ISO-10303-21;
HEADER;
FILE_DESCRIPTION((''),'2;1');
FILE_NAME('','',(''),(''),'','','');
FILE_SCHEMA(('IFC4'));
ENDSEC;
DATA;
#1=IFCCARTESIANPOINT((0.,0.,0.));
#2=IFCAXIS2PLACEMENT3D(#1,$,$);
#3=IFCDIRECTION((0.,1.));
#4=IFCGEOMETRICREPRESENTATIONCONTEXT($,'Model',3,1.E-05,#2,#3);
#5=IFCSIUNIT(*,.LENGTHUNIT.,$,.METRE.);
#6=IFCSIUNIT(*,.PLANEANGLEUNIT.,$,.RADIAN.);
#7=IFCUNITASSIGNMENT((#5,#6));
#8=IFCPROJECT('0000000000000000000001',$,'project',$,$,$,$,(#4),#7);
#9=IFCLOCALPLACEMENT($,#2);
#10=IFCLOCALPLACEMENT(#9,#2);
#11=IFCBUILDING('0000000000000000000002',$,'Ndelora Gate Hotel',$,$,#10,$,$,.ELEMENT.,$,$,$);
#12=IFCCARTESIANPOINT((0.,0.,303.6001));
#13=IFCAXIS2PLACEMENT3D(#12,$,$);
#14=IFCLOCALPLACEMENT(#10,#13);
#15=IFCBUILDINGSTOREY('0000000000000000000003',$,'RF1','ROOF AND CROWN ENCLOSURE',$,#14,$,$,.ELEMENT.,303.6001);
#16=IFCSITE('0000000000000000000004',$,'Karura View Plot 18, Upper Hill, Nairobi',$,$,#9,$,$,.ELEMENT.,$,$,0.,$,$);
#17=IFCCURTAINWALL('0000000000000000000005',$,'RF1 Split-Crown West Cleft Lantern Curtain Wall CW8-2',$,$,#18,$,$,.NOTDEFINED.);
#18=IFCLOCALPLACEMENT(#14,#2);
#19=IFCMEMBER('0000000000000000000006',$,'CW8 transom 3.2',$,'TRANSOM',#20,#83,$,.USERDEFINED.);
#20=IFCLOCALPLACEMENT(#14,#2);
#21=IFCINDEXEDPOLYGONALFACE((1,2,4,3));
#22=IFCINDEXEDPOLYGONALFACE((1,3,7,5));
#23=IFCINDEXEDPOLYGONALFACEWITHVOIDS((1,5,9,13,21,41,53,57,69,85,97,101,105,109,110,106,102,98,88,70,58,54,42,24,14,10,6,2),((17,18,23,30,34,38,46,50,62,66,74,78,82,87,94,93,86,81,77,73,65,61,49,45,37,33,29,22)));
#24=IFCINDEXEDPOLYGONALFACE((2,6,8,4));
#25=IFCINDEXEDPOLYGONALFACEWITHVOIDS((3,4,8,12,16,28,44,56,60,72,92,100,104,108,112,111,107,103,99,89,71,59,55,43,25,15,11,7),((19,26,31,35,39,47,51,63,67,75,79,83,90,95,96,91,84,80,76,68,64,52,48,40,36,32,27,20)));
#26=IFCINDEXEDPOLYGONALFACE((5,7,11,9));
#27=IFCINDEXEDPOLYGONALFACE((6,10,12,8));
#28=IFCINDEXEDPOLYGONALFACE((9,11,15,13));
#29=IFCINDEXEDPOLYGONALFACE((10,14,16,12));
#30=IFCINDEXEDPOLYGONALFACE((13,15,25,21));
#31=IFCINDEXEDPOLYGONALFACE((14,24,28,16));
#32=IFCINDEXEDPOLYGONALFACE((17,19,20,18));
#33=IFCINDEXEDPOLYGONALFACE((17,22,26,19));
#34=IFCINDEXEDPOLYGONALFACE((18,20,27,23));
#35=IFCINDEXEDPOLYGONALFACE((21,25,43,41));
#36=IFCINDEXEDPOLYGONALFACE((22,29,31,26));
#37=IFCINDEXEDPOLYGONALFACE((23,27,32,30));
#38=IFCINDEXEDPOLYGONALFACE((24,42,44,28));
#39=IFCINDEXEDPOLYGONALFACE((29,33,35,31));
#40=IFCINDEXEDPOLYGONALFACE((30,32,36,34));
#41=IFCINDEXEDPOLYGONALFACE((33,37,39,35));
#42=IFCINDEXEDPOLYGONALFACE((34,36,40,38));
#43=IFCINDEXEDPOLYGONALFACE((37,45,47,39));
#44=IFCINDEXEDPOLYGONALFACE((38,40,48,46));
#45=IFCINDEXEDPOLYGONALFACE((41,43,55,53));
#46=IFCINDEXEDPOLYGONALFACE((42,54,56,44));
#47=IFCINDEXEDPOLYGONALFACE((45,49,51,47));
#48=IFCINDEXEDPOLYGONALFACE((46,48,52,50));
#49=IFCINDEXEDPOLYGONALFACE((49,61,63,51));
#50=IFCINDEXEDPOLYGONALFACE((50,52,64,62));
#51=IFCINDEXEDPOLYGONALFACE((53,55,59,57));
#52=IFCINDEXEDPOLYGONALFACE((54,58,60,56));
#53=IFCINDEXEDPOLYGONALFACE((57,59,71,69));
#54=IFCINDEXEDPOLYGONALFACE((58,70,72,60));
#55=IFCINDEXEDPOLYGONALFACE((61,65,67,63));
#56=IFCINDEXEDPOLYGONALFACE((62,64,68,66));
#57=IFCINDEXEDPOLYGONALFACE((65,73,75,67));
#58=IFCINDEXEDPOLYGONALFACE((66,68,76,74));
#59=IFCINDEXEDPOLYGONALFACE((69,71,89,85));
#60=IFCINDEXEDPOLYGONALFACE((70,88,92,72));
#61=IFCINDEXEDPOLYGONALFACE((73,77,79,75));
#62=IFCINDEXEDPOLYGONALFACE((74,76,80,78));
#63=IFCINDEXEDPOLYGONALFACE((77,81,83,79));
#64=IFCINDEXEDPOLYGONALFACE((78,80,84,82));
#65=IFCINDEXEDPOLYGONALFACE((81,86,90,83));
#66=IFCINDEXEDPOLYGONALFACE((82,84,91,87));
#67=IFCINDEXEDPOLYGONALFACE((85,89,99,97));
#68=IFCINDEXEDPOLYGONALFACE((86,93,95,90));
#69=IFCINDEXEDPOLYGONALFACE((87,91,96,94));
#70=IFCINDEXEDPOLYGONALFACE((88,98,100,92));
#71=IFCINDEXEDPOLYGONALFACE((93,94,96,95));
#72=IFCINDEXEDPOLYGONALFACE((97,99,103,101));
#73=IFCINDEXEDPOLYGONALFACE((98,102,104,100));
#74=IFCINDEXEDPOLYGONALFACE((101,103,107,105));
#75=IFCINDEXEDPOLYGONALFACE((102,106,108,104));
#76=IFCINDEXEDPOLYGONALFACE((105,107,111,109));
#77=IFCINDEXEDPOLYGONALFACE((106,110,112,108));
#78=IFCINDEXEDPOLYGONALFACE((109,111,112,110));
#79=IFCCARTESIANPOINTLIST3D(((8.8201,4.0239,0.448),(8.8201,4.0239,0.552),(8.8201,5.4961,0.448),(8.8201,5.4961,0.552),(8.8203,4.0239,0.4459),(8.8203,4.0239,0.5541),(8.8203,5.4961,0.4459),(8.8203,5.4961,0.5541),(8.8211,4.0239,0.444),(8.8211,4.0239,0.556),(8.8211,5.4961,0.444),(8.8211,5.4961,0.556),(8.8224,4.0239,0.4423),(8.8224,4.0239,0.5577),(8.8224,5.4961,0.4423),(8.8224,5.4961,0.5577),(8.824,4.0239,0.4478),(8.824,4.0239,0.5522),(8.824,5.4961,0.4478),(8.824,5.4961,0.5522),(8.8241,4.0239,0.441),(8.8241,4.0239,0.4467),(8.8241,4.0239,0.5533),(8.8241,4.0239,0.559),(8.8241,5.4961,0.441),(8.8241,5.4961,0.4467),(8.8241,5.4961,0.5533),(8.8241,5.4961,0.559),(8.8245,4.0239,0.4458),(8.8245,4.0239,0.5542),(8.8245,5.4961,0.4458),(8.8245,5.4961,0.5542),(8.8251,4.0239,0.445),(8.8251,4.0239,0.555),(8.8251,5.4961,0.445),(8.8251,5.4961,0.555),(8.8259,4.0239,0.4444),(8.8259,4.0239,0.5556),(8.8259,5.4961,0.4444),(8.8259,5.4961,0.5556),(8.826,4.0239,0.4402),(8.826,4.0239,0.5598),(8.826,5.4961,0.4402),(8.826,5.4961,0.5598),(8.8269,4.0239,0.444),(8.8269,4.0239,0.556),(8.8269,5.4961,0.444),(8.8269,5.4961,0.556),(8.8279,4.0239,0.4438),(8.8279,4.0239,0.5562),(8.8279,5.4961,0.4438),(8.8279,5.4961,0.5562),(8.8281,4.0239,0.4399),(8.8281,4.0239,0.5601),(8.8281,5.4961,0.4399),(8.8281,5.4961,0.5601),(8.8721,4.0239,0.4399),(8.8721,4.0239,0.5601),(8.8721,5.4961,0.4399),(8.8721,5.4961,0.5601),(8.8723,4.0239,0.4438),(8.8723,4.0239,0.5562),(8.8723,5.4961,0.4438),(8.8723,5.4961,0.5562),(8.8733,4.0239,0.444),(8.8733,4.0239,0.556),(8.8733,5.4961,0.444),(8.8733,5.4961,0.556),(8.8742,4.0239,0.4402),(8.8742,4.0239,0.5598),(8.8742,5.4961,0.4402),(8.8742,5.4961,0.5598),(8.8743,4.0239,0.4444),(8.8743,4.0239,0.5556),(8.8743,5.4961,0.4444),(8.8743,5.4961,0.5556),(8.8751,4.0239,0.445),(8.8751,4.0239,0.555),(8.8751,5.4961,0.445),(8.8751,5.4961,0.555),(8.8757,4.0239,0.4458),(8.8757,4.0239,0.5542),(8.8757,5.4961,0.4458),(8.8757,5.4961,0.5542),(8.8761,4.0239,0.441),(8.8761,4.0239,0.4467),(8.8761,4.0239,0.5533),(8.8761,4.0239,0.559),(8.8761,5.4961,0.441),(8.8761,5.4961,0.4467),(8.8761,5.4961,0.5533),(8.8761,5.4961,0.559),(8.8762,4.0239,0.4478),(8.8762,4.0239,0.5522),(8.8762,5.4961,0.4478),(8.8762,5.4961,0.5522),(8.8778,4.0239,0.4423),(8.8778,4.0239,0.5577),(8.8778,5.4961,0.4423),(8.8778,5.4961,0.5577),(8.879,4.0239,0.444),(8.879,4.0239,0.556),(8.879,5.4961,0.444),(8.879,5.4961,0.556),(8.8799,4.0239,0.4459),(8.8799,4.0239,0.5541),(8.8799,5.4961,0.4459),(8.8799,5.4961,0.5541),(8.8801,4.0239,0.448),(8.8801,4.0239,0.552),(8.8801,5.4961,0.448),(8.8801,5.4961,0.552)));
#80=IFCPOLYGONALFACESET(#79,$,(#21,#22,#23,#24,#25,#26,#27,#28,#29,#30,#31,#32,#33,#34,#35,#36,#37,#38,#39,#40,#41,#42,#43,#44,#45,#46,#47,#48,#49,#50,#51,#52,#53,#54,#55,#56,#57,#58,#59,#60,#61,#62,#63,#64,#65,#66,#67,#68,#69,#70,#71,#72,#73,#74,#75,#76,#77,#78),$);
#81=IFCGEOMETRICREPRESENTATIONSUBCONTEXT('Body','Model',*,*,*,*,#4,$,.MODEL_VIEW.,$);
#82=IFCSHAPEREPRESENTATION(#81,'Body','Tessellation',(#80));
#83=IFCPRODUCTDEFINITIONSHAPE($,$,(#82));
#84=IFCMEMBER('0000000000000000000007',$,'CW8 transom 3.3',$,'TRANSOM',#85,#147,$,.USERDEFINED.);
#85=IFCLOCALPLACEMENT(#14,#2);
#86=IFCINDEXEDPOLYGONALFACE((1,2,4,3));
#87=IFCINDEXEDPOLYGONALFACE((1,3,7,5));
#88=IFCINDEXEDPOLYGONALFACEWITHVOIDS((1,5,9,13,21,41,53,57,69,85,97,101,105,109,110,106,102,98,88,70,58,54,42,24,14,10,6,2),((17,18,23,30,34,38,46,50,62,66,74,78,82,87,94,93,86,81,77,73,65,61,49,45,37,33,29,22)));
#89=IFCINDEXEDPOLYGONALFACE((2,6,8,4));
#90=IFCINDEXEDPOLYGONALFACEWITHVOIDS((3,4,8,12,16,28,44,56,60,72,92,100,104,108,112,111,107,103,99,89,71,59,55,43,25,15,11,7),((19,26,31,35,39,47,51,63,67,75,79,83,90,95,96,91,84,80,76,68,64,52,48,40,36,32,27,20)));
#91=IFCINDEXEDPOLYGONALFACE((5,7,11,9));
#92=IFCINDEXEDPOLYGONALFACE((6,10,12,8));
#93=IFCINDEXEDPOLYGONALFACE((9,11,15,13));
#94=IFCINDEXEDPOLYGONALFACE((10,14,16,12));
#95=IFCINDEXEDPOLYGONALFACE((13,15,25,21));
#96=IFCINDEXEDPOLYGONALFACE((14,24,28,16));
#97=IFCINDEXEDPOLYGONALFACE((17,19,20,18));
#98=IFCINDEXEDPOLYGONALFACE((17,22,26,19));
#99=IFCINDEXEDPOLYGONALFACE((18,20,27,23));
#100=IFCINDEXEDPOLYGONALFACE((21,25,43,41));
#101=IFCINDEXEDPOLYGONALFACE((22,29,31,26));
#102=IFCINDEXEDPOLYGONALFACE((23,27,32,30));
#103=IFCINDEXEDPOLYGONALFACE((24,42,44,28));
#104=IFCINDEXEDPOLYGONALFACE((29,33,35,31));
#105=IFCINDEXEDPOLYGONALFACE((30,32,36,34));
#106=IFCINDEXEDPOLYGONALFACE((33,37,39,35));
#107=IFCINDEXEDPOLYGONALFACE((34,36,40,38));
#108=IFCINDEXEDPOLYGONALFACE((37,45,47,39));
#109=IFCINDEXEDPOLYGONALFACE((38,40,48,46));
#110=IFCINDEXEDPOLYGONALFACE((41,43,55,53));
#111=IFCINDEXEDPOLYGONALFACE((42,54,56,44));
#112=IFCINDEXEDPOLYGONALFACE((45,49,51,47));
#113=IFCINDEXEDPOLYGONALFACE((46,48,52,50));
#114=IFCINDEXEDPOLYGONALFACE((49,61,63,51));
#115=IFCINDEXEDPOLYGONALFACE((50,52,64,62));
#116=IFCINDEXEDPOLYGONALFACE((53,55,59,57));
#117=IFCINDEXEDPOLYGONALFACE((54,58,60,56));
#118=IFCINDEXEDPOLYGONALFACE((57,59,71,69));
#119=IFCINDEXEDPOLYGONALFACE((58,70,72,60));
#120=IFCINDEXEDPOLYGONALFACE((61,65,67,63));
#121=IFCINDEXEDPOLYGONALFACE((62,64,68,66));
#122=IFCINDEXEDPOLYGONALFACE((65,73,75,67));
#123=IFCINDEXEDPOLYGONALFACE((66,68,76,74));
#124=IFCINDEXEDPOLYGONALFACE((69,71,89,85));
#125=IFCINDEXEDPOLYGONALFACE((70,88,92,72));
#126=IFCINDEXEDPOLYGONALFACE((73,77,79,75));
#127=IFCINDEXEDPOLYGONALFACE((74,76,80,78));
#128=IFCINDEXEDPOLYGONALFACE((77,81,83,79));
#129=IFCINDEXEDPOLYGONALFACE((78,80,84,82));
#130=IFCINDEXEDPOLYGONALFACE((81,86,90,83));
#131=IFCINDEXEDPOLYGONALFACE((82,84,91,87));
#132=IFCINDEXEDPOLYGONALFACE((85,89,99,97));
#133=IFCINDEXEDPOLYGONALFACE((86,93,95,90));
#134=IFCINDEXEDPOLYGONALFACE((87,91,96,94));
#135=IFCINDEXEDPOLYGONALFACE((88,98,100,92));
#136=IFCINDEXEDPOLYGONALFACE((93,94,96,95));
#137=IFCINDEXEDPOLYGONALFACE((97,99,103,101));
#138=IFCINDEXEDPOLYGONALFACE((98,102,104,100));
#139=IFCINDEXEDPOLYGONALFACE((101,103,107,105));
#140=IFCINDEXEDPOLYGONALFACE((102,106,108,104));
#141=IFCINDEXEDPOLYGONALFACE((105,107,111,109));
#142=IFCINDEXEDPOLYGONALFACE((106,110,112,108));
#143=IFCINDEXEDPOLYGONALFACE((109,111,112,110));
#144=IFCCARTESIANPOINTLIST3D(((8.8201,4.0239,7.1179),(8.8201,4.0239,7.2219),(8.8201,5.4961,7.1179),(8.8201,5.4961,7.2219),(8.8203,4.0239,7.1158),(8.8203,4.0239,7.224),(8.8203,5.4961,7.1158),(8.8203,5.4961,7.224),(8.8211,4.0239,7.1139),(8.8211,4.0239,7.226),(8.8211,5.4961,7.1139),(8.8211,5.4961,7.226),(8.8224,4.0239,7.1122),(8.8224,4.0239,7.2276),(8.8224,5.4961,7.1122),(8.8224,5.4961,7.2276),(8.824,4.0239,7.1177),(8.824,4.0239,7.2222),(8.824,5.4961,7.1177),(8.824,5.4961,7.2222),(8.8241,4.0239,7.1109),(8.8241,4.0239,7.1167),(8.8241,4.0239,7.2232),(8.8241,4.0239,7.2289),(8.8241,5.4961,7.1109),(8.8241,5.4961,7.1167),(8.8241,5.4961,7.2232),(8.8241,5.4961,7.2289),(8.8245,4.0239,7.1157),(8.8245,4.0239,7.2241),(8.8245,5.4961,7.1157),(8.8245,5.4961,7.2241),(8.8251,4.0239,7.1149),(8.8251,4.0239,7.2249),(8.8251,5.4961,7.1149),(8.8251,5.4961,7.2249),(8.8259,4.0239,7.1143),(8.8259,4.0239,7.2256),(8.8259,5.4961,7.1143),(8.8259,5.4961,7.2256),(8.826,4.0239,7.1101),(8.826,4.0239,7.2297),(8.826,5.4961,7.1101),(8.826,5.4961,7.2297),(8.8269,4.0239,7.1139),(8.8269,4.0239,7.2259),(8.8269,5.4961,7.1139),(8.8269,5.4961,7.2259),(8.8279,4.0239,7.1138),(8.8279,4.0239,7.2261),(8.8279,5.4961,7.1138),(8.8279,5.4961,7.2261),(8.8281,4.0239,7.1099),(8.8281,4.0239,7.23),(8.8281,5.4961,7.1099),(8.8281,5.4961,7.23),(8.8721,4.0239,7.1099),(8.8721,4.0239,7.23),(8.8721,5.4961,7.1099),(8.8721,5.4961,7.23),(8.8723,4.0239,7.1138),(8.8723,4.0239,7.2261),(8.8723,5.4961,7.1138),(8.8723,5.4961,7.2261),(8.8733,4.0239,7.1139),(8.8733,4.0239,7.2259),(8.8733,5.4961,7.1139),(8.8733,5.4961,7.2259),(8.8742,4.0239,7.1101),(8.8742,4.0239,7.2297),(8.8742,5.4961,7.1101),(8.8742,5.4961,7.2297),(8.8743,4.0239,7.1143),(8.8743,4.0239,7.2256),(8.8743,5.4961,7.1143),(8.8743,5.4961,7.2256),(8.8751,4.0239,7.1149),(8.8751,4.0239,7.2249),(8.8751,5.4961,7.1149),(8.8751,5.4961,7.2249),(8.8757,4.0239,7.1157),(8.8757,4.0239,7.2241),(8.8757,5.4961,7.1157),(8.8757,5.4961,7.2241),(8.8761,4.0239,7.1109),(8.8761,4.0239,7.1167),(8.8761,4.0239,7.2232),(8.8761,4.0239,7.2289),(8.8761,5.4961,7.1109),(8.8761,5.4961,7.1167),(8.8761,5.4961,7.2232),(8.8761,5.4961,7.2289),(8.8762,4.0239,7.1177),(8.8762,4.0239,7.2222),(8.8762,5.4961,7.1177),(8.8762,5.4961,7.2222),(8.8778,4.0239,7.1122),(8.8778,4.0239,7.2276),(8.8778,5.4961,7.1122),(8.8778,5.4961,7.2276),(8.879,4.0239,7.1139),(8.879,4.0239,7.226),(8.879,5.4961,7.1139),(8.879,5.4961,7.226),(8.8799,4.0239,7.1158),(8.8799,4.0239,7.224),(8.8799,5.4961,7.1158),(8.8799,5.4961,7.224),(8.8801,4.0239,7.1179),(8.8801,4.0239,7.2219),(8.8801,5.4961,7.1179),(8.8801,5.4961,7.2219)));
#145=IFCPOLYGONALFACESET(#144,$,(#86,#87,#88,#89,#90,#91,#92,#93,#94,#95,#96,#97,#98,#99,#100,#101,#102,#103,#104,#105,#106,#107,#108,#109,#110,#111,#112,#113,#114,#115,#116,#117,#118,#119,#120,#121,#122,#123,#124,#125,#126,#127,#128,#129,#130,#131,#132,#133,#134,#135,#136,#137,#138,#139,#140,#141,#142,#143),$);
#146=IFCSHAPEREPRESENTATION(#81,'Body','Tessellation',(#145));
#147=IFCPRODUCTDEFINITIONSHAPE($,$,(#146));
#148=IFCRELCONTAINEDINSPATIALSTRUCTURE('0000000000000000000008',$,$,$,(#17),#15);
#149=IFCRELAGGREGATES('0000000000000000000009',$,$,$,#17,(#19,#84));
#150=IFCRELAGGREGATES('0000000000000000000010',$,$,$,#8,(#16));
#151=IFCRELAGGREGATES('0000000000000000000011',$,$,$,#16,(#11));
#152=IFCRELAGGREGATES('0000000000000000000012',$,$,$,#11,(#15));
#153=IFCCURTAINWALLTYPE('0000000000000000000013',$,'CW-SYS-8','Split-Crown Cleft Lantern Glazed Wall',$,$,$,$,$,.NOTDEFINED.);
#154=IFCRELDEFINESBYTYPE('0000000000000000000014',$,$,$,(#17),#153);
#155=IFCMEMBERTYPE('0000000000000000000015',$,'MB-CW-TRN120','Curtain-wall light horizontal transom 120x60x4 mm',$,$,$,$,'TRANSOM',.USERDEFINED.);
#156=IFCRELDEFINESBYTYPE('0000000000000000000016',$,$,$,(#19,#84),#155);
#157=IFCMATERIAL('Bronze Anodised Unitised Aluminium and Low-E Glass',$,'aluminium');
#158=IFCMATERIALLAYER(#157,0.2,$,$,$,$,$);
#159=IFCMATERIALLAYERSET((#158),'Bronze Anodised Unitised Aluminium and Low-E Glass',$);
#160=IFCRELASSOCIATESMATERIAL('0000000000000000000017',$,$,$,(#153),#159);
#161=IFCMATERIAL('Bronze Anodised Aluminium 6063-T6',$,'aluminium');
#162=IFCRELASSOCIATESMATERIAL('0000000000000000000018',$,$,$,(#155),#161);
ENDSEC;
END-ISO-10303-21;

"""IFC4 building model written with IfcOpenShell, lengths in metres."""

from ifc_helpers import new_model, si_unit, direction, frame, origin, origin_2d, place, context, subcontext, project, spatial, hollow_rectangle, extrude, material, layer, layer_set, material_profile, profile_set, type_object, element, aggregate, save


model = new_model("IFC4")

# Units and contexts
model_context = context("Model", 3, precision=1e-05, world=origin(), true_north=direction((0.0, 1.0)))
body_context = subcontext(model_context, "Body", "Model", "MODEL_VIEW")
ifc_project = project(units=[si_unit("LENGTHUNIT", "METRE"), si_unit("PLANEANGLEUNIT", "RADIAN")], contexts=[model_context])

# Site, building, storey
site_placement = place(None, origin())
site = spatial("IfcSite", under=ifc_project, at=site_placement, Name="Karura View Plot 18, Upper Hill, Nairobi", CompositionType="ELEMENT", RefElevation=0.0)
building_placement = place(site_placement, origin())
building = spatial("IfcBuilding", under=site, at=building_placement, Name="Ndelora Gate Hotel", CompositionType="ELEMENT")
storey_placement = place(building_placement, frame((0.0, 0.0, 303.6001)))
storey = spatial("IfcBuildingStorey", under=building, at=storey_placement, Name="RF1", Description="ROOF AND CROWN ENCLOSURE", CompositionType="ELEMENT", Elevation=303.6001)

# Curtain wall
ifc_material_1 = material(Name="Bronze Anodised Unitised Aluminium and Low-E Glass", Category="aluminium")
ifc_layer_1 = layer(ifc_material_1, 0.2)
ifc_layer_set_1 = layer_set([ifc_layer_1], Name="Bronze Anodised Unitised Aluminium and Low-E Glass")
curtain_wall_type = type_object("IfcCurtainWallType", Name="CW-SYS-8", Description="Split-Crown Cleft Lantern Glazed Wall", PredefinedType="NOTDEFINED", material=ifc_layer_set_1)
curtain_wall_1_placement = place(storey_placement, origin())
curtain_wall_1 = element("IfcCurtainWall", 1, at=curtain_wall_1_placement, inside=storey, type_object=curtain_wall_type, Name="RF1 Split-Crown West Cleft Lantern Curtain Wall CW8-2", PredefinedType="NOTDEFINED")
ifc_material_2 = material(Name="Bronze Anodised Aluminium 6063-T6", Category="aluminium")

# Members
ifc_material_profile_1 = material_profile(ifc_material_2, hollow_rectangle(XDim=0.0601, YDim=0.1201, WallThickness=0.0039, InnerFilletRadius=0.0039, OuterFilletRadius=0.0081, at=origin_2d()), Name="ALU 120x60x4")
ifc_profile_set_1 = profile_set([ifc_material_profile_1], Name="Bronze Anodised Aluminium 6063-T6")
member_type_1 = type_object("IfcMemberType", Name="MB-CW-TRN120", Description="Curtain-wall light horizontal transom 120x60x4 mm", ElementType="TRANSOM", PredefinedType="USERDEFINED", material=ifc_profile_set_1)
member_1_placement = place(storey_placement, frame((8.8501, 4.0239, 0.5), z_axis=(0.0, 1.0, 0.0), x_axis=(-1.0, 0.0, 0.0)))
member_1 = element("IfcMember", 2, at=member_1_placement, type_object=member_type_1, Name="CW8 transom 3.2", ObjectType="TRANSOM", PredefinedType="USERDEFINED", context=body_context, shape_type="SweptSolid", body=[
    extrude(hollow_rectangle(XDim=0.0601, YDim=0.1201, WallThickness=0.0039, InnerFilletRadius=0.0039, OuterFilletRadius=0.0081, at=origin_2d()), origin(), (0.0, 0.0, 1.0), 1.4722),
])
member_2_placement = place(storey_placement, frame((8.8501, 4.0239, 7.1699), z_axis=(0.0, 1.0, 0.0), x_axis=(-1.0, 0.0, 0.0)))
member_2 = element("IfcMember", 3, at=member_2_placement, type_object=member_type_1, Name="CW8 transom 3.3", ObjectType="TRANSOM", PredefinedType="USERDEFINED", context=body_context, shape_type="SweptSolid", body=[
    extrude(hollow_rectangle(XDim=0.0601, YDim=0.1201, WallThickness=0.0039, InnerFilletRadius=0.0039, OuterFilletRadius=0.0081, at=origin_2d()), origin(), (0.0, 0.0, 1.0), 1.4722),
])

aggregate(curtain_wall_1, [member_1, member_2])

save(model, "model.ifc")
